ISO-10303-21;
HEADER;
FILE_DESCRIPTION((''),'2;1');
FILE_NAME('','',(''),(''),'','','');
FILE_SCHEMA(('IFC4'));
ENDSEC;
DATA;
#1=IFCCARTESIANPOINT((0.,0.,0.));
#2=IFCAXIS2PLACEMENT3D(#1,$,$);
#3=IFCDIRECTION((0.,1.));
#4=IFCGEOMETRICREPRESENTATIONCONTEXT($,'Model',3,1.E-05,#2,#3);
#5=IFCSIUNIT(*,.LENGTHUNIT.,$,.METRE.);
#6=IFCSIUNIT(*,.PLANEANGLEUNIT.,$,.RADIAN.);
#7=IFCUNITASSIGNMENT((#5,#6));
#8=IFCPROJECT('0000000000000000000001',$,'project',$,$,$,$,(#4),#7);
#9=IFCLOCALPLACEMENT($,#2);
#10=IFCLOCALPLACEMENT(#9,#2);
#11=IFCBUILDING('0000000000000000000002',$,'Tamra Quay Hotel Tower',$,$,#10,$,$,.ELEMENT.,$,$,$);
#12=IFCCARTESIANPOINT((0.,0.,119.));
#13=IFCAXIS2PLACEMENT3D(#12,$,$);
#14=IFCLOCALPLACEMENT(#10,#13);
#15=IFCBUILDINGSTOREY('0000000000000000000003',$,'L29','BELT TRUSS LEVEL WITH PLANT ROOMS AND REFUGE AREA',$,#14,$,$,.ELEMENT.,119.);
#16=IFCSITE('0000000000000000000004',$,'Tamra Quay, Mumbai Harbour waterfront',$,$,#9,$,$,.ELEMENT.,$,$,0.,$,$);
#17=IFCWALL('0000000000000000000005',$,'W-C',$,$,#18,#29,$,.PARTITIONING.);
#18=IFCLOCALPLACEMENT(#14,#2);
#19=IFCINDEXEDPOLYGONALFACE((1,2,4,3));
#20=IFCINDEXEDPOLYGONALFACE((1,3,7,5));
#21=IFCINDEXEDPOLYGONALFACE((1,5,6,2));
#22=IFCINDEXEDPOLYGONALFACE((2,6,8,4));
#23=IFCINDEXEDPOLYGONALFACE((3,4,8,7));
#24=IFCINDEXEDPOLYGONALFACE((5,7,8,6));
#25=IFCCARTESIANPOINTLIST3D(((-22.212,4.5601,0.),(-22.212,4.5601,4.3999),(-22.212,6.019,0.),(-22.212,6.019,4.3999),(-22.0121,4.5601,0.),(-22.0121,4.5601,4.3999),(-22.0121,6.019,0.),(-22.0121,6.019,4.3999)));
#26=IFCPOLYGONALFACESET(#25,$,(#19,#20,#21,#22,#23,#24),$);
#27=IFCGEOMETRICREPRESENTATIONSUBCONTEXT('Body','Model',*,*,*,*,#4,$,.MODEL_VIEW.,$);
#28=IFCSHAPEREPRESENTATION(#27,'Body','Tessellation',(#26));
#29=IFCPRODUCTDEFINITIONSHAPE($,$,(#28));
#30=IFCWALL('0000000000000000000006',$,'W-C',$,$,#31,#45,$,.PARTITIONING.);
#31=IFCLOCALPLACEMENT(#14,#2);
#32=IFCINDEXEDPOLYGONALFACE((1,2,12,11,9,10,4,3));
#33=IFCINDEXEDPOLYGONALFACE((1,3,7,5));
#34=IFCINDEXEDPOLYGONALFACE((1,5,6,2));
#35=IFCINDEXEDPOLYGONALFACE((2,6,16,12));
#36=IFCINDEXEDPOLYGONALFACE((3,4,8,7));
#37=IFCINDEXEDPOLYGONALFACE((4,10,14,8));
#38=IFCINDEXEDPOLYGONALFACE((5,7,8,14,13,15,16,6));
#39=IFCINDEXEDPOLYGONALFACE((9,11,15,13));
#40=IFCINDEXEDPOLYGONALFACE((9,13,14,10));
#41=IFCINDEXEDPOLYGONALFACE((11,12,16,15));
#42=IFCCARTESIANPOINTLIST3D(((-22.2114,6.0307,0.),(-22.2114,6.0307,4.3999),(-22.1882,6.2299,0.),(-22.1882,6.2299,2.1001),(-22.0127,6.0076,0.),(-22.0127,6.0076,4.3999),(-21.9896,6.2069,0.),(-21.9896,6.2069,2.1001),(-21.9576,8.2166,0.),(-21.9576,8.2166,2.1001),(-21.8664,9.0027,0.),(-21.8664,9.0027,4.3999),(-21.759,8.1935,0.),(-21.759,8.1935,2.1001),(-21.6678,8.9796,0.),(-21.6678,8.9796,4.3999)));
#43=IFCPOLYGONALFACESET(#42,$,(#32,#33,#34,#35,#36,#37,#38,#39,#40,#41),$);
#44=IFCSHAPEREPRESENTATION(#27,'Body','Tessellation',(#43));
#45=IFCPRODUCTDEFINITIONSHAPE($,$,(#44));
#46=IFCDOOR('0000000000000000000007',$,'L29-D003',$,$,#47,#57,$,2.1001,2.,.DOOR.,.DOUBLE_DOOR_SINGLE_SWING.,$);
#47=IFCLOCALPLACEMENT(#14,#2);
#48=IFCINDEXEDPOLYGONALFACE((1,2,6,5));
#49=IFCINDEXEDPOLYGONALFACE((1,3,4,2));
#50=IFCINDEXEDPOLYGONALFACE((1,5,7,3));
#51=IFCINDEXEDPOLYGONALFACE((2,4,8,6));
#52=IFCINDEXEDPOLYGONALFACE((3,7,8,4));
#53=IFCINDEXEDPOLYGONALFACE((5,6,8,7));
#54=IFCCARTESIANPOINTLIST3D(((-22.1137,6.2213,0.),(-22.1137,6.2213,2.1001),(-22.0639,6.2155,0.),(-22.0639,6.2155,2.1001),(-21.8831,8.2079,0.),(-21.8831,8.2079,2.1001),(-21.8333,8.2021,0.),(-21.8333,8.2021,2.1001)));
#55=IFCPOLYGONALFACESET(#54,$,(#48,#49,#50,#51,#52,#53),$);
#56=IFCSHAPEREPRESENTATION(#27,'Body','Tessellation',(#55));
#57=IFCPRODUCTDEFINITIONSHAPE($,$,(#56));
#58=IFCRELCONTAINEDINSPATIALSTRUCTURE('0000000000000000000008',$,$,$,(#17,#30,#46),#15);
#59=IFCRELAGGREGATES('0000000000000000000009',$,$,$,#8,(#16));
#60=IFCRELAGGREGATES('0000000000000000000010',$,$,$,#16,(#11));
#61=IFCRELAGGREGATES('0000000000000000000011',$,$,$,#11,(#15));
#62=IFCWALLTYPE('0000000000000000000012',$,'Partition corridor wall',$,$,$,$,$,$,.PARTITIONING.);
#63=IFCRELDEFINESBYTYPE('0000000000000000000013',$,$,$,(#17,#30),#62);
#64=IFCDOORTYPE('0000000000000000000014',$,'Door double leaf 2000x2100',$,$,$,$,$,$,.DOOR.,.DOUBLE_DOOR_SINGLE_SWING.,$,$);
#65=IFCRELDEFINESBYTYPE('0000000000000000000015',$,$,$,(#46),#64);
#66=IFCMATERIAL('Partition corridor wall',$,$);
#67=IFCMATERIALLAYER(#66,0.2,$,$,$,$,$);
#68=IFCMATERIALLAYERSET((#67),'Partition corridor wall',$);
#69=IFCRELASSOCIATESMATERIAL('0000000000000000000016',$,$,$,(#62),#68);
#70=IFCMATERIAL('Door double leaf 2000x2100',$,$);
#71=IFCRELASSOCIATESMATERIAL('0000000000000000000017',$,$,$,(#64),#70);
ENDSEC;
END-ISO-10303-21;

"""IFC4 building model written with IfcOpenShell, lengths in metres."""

from ifc_helpers import new_model, si_unit, direction, frame, frame_2d, origin, place, context, subcontext, project, spatial, rectangle, extrude, material, layer, layer_set, type_object, element, fill, save


model = new_model("IFC4")

# Units and contexts
model_context = context("Model", 3, precision=1e-05, world=origin(), true_north=direction((0.0, 1.0)))
body_context = subcontext(model_context, "Body", "Model", "MODEL_VIEW")
ifc_project = project(units=[si_unit("LENGTHUNIT", "METRE"), si_unit("PLANEANGLEUNIT", "RADIAN")], contexts=[model_context])

# Site, building, storey
site_placement = place(None, origin())
site = spatial("IfcSite", under=ifc_project, at=site_placement, Name="Tamra Quay, Mumbai Harbour waterfront", CompositionType="ELEMENT", RefElevation=0.0)
building_placement = place(site_placement, origin())
building = spatial("IfcBuilding", under=site, at=building_placement, Name="Tamra Quay Hotel Tower", CompositionType="ELEMENT")
storey_placement = place(building_placement, frame((0.0, 0.0, 119.0)))
storey = spatial("IfcBuildingStorey", under=building, at=storey_placement, Name="L29", Description="BELT TRUSS LEVEL WITH PLANT ROOMS AND REFUGE AREA", CompositionType="ELEMENT", Elevation=119.0)

# Wall
ifc_material_1 = material(Name="Partition corridor wall")
ifc_layer_1 = layer(ifc_material_1, 0.2)
ifc_layer_set_1 = layer_set([ifc_layer_1], Name="Partition corridor wall")
wall_type_1 = type_object("IfcWallType", Name="Partition corridor wall", PredefinedType="PARTITIONING", material=ifc_layer_set_1)
wall_1_placement = place(storey_placement, frame((-22.1121, 4.5601, 0.0), z_axis=(0.0, 0.0, 1.0), x_axis=(0.0, 1.0, 0.0)))
element("IfcWall", 1, at=wall_1_placement, inside=storey, type_object=wall_type_1, Name="W-C", PredefinedType="PARTITIONING", context=body_context, shape_type="SweptSolid", body=[
    extrude(rectangle(XDim=1.459, YDim=0.2, at=frame_2d((0.7295, 0.0))), origin(), (0.0, 0.0, 1.0), 4.3999),
])

# Wall, opening, door
wall_2_placement = place(storey_placement, frame((-22.1121, 6.019, 0.0), z_axis=(0.0, 0.0, 1.0), x_axis=(0.115302, 0.99333, 0.0)))
wall_2 = element("IfcWall", 2, at=wall_2_placement, inside=storey, type_object=wall_type_1, Name="W-C", PredefinedType="PARTITIONING", context=body_context, shape_type="SweptSolid", body=[
    extrude(rectangle(XDim=2.9919, YDim=0.2, at=frame_2d((1.4961, 0.0))), origin(), (0.0, 0.0, 1.0), 4.3999),
])
opening_1_placement = place(wall_2_placement, frame((0.2007, 0.0, 0.0)))
opening_1 = element("IfcOpeningElement", 3, at=opening_1_placement, cuts=wall_2, PredefinedType="OPENING", context=body_context, shape_type="SweptSolid", body=[
    extrude(rectangle(XDim=2.0, YDim=2.1001, at=frame_2d((1.0, 1.05))), frame((0.0, 0.1099, 0.0), z_axis=(0.0, -1.0, 0.0), x_axis=(1.0, 0.0, 0.0)), (0.0, 0.0, 1.0), 0.22),
])
ifc_material_2 = material(Name="Door double leaf 2000x2100")
door_type_1 = type_object("IfcDoorType", Name="Door double leaf 2000x2100", OperationType="DOUBLE_DOOR_SINGLE_SWING", PredefinedType="DOOR", material=ifc_material_2)
door_1_placement = place(opening_1_placement, origin())
door_1 = element("IfcDoor", 4, at=door_1_placement, inside=storey, type_object=door_type_1, Name="L29-D003", OperationType="DOUBLE_DOOR_SINGLE_SWING", OverallHeight=2.1001, OverallWidth=2.0, PredefinedType="DOOR", context=body_context, shape_type="SweptSolid", body=[
    extrude(rectangle(XDim=2.0, YDim=2.1001, at=frame_2d((1.0, 1.05))), frame((0.0, 0.0249, 0.0), z_axis=(0.0, -1.0, 0.0), x_axis=(1.0, 0.0, 0.0)), (0.0, 0.0, 1.0), 0.05),
])
fill(opening_1, door_1)

save(model, "model.ifc")
